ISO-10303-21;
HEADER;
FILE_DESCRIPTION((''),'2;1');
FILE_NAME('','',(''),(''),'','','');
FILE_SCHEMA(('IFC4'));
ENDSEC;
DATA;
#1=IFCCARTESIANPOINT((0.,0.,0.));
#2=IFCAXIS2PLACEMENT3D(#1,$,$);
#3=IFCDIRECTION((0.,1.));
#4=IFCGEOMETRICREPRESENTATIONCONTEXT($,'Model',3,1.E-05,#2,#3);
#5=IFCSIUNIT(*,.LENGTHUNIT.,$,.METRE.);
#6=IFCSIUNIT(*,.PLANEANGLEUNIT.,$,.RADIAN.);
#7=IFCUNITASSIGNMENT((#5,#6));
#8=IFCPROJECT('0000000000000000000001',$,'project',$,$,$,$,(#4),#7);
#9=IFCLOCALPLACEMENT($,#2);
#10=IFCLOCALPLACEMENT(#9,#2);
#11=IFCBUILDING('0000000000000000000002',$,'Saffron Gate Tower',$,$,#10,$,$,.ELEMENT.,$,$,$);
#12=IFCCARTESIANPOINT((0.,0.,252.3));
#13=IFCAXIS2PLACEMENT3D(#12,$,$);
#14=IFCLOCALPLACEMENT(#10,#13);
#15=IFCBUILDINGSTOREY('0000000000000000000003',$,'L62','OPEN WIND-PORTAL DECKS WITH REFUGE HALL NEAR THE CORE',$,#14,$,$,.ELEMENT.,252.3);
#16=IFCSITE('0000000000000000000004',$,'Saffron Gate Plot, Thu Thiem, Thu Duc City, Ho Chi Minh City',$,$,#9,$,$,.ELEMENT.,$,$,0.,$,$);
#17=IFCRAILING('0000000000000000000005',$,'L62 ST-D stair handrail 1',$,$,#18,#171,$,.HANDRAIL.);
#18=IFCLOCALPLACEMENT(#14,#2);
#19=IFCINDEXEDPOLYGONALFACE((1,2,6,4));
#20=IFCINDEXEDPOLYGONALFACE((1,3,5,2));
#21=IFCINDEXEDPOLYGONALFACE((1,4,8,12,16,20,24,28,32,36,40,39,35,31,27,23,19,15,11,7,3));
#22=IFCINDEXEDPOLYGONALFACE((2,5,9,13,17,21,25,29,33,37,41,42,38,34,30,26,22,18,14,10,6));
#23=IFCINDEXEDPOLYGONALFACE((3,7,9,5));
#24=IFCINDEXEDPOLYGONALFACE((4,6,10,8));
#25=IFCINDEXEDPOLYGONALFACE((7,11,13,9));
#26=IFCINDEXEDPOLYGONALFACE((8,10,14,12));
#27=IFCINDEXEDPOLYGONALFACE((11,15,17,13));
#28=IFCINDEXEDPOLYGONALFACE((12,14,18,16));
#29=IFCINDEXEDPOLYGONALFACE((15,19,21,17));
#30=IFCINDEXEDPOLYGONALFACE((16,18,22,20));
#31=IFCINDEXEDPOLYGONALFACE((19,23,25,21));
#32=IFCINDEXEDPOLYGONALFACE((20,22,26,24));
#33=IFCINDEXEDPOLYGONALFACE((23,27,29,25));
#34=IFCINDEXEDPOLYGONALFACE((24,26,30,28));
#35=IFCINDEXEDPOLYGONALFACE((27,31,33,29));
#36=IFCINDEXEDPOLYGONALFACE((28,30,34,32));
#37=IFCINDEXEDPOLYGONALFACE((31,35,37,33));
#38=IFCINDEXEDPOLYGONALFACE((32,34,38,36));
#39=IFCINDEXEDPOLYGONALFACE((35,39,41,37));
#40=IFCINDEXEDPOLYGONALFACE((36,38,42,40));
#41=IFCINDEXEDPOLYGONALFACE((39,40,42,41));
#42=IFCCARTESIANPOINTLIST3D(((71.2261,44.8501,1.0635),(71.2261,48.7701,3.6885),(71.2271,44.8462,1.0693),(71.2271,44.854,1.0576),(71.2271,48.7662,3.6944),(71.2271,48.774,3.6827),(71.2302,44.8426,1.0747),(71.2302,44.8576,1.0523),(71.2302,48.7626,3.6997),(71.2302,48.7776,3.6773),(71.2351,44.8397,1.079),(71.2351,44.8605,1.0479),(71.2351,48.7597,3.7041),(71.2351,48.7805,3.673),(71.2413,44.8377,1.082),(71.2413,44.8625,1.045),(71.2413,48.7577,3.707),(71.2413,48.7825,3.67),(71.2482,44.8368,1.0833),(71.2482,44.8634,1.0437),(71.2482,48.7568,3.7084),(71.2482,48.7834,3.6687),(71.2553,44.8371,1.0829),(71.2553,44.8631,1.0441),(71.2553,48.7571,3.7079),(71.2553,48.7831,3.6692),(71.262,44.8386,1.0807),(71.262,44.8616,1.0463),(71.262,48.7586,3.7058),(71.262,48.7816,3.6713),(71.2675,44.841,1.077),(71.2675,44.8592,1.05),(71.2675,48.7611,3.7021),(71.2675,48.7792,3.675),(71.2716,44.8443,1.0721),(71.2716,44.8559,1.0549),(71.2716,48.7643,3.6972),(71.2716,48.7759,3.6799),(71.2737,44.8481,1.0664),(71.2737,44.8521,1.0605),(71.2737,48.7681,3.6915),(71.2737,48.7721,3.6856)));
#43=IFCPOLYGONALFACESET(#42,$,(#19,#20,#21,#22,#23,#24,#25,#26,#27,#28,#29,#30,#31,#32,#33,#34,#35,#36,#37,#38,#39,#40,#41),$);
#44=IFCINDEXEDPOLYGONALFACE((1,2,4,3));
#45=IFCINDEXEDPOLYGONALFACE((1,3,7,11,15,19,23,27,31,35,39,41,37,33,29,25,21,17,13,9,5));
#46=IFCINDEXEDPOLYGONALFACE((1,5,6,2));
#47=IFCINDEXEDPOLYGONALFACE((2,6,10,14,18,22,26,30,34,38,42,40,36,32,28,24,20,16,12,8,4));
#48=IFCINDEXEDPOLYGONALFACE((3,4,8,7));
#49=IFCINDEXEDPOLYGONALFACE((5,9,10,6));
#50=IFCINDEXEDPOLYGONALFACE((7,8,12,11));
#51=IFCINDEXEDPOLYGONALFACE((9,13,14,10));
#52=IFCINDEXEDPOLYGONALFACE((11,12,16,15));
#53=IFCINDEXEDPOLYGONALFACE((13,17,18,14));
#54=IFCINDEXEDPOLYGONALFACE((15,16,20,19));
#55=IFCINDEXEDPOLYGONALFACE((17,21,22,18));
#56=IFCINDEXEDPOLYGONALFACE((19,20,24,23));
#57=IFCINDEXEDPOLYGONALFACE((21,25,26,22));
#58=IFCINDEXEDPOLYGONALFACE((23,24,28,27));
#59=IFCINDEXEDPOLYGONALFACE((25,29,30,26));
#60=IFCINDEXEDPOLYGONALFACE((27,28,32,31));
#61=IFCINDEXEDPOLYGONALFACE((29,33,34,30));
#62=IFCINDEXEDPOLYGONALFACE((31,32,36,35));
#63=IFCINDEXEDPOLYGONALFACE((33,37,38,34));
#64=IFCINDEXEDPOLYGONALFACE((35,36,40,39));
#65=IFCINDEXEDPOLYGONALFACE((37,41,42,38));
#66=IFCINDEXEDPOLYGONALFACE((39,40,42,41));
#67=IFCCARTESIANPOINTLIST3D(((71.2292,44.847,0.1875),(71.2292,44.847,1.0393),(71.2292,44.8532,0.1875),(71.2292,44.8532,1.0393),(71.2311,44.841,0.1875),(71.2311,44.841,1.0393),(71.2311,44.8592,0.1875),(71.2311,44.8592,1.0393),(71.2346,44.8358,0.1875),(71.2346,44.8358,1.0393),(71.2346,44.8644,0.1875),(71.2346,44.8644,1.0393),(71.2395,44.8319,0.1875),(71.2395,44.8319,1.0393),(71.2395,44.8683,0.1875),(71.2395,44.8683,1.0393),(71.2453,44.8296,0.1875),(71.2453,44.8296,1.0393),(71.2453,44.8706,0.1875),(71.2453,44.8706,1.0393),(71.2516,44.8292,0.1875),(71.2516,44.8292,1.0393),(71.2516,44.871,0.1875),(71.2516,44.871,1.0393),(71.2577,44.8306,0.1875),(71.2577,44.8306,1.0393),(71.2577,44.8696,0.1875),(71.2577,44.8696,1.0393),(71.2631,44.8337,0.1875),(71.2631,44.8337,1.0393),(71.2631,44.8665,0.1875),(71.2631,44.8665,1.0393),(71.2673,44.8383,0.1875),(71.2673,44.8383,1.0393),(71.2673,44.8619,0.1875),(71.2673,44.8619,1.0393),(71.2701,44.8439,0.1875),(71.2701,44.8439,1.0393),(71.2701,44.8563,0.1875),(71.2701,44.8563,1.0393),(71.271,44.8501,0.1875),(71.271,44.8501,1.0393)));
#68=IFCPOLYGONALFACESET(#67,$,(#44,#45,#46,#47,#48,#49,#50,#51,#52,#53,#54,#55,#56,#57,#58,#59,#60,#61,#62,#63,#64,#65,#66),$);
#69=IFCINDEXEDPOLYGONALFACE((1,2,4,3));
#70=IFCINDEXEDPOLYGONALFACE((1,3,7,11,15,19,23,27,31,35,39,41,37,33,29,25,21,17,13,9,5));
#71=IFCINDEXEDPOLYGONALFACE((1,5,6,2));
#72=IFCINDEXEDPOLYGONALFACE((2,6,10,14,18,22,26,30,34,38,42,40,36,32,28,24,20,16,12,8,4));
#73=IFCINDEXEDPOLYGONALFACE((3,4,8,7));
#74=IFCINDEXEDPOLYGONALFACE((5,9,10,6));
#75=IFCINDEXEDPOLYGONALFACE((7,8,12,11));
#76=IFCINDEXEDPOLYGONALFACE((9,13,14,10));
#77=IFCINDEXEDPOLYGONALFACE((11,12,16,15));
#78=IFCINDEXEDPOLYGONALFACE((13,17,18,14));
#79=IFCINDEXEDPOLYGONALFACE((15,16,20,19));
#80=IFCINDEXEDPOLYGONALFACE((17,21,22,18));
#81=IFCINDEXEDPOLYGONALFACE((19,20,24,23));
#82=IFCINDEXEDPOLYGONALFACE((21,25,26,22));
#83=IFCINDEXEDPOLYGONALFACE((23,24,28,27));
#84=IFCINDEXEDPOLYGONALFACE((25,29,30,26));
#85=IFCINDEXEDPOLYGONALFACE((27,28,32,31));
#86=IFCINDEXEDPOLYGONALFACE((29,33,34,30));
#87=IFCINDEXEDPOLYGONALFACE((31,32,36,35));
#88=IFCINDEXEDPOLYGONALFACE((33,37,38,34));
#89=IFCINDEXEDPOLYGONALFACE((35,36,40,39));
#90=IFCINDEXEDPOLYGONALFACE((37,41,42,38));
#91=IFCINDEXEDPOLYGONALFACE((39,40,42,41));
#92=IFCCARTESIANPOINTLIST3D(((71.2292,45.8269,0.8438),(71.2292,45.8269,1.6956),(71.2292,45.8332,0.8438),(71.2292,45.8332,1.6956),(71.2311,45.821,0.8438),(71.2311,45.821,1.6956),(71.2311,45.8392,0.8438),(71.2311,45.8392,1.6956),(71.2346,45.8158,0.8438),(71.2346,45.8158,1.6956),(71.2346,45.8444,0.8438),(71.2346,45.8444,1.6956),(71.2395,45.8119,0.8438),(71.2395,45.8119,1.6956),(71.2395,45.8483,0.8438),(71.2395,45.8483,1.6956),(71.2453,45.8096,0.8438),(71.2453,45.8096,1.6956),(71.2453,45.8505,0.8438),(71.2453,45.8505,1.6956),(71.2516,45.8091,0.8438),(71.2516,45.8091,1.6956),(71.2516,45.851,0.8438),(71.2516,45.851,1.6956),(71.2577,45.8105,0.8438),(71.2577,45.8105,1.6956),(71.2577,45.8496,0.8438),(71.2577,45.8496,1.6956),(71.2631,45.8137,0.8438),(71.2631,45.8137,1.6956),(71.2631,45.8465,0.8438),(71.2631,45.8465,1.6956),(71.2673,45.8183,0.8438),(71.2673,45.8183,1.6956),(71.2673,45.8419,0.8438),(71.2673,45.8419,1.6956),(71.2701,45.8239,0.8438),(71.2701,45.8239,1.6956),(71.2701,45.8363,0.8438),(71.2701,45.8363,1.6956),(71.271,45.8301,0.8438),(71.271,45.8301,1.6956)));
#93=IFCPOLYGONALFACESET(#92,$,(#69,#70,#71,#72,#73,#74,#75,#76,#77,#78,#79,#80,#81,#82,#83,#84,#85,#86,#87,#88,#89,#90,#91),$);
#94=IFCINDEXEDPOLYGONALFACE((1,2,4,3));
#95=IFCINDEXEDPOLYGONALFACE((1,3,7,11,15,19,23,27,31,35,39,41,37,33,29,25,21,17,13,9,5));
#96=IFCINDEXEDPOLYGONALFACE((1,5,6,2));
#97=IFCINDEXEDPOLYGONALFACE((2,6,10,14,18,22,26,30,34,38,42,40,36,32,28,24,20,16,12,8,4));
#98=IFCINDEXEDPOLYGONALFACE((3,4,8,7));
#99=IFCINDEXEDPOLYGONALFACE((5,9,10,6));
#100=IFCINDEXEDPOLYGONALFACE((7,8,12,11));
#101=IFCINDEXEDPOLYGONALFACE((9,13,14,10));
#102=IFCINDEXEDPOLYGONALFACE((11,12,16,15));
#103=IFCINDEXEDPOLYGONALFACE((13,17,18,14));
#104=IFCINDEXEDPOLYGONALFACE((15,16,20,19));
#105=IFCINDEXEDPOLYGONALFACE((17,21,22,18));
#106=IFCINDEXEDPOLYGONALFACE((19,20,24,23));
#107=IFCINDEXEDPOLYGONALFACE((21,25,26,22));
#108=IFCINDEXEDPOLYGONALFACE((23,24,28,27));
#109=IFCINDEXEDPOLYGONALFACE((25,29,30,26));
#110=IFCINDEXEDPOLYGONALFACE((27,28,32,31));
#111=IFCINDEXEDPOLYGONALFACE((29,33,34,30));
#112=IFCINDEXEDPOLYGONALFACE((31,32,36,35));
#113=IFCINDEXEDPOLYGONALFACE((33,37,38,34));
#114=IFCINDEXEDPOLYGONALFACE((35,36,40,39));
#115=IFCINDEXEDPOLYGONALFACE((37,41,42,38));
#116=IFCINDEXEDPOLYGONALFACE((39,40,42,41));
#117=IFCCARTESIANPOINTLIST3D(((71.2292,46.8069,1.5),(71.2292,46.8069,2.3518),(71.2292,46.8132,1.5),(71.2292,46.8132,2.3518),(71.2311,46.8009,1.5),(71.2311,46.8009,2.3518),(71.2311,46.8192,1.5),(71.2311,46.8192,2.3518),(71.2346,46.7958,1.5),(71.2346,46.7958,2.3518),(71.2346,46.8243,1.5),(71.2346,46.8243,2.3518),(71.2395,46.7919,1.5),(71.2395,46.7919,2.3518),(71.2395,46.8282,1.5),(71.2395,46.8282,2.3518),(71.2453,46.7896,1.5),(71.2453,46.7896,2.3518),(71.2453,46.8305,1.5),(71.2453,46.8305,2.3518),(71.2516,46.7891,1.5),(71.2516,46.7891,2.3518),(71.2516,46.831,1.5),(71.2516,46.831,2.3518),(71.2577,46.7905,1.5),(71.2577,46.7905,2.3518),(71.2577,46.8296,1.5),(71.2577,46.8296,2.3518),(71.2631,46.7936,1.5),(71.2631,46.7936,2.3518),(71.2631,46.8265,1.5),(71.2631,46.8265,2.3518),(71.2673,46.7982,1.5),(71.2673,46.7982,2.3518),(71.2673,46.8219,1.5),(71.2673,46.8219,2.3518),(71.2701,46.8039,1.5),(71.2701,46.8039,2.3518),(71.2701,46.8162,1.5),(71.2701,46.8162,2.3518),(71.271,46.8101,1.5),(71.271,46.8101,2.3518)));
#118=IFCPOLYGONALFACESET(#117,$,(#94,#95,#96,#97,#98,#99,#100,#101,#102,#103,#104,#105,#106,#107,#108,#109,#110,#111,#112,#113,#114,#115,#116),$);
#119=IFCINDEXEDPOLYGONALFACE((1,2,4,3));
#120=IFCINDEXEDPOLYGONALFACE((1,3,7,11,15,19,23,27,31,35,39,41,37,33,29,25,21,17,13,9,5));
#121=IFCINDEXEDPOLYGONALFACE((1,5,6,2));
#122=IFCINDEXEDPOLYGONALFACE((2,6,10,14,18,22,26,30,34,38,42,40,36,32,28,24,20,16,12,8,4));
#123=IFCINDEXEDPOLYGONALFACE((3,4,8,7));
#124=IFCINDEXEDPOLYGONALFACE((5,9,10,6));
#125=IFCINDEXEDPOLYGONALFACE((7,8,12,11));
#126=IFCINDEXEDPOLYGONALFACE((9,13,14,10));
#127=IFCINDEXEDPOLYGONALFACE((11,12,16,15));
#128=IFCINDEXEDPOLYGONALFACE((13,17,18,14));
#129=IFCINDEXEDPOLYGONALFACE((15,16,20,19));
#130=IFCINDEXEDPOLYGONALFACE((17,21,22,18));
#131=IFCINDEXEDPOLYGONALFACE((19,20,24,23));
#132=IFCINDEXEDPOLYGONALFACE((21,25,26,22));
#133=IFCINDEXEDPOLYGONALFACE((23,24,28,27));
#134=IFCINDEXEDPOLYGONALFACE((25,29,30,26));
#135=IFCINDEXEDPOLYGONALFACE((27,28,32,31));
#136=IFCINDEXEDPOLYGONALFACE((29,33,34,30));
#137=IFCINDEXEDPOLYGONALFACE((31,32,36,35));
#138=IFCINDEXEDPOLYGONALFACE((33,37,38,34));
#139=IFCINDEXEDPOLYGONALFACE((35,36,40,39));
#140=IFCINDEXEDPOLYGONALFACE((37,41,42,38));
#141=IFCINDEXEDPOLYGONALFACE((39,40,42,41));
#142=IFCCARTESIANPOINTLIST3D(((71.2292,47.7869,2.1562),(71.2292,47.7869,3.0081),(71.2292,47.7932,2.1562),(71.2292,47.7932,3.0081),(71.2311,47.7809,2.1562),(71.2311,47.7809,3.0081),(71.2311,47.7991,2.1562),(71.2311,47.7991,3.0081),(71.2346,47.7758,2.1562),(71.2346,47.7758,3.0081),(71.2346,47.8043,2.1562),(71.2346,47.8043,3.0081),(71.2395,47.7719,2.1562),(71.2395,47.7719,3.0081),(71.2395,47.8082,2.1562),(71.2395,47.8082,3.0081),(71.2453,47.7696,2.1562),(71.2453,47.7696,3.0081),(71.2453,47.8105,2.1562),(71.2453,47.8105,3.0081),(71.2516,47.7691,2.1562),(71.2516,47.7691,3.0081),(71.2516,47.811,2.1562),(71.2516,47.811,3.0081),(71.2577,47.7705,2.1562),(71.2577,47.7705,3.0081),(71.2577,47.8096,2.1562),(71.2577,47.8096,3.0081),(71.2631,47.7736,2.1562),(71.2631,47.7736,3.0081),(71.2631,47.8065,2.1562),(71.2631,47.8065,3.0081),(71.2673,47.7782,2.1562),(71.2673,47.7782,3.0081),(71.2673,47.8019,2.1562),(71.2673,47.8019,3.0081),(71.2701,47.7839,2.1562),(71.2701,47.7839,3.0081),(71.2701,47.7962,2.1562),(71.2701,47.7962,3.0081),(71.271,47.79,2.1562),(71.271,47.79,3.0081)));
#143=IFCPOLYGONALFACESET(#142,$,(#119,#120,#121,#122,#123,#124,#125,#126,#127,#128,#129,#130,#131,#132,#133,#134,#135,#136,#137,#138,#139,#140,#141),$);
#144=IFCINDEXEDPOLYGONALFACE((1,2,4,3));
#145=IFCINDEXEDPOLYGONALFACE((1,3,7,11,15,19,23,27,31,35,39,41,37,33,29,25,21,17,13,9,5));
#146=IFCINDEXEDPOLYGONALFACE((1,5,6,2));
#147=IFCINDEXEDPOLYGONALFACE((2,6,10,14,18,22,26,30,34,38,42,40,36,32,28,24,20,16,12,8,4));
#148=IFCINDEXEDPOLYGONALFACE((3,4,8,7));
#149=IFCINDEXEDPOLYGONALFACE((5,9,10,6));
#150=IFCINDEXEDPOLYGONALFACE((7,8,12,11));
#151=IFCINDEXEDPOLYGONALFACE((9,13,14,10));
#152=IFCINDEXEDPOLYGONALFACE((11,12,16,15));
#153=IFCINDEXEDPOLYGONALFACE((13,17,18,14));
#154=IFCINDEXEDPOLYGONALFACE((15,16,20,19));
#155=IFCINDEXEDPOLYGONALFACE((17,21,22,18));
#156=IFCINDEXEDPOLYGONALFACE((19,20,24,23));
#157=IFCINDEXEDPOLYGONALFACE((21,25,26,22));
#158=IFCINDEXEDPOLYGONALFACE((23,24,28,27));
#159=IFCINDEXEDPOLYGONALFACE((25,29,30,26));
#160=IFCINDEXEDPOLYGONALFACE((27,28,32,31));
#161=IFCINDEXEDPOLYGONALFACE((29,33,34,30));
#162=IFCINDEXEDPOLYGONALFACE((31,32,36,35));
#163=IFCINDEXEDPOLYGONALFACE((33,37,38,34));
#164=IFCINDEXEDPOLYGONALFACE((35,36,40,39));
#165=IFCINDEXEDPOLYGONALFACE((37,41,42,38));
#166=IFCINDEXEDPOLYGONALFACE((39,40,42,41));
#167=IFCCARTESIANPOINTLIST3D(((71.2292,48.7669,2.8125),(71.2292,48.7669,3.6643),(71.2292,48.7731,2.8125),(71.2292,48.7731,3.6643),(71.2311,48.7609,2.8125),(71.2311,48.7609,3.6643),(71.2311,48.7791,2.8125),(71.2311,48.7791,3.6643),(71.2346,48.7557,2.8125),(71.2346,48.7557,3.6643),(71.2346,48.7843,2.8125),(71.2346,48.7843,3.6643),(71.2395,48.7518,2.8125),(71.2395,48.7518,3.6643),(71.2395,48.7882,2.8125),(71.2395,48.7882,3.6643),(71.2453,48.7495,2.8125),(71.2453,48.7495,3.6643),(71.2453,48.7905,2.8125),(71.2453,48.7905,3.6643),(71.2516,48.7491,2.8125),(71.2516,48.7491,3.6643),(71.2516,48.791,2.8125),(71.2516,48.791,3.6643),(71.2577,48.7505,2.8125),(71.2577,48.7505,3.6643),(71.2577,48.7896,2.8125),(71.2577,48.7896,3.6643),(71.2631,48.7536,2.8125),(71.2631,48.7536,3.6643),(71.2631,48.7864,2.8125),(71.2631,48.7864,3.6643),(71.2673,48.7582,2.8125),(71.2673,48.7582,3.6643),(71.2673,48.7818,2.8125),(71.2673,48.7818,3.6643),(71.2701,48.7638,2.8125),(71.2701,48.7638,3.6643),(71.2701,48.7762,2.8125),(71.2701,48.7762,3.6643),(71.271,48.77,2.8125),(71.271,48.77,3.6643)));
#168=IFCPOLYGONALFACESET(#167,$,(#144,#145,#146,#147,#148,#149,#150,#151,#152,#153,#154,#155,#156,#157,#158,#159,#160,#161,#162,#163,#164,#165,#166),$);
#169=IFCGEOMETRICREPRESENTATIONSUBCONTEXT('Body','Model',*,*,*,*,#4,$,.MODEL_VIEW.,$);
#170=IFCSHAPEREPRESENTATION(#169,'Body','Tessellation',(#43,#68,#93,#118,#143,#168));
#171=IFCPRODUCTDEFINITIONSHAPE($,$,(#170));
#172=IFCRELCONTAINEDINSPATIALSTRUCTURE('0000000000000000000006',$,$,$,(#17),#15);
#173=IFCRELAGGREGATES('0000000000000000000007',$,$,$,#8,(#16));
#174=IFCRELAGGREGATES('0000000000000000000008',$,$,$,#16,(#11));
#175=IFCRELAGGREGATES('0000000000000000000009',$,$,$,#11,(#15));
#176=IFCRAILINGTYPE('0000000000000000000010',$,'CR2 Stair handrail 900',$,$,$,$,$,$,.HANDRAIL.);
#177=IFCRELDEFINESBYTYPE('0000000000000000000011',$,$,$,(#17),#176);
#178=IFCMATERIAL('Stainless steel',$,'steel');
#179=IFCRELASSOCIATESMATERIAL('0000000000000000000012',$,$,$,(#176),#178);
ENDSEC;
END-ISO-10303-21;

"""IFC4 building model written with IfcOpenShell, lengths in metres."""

from ifc_helpers import new_model, si_unit, direction, frame, origin, origin_2d, place, context, subcontext, project, spatial, circle, extrude, material, type_object, element, save


model = new_model("IFC4")

# Units and contexts
model_context = context("Model", 3, precision=1e-05, world=origin(), true_north=direction((0.0, 1.0)))
body_context = subcontext(model_context, "Body", "Model", "MODEL_VIEW")
ifc_project = project(units=[si_unit("LENGTHUNIT", "METRE"), si_unit("PLANEANGLEUNIT", "RADIAN")], contexts=[model_context])

# Site, building, storey
site_placement = place(None, origin())
site = spatial("IfcSite", under=ifc_project, at=site_placement, Name="Saffron Gate Plot, Thu Thiem, Thu Duc City, Ho Chi Minh City", CompositionType="ELEMENT", RefElevation=0.0)
building_placement = place(site_placement, origin())
building = spatial("IfcBuilding", under=site, at=building_placement, Name="Saffron Gate Tower", CompositionType="ELEMENT")
storey_placement = place(building_placement, frame((0.0, 0.0, 252.3)))
storey = spatial("IfcBuildingStorey", under=building, at=storey_placement, Name="L62", Description="OPEN WIND-PORTAL DECKS WITH REFUGE HALL NEAR THE CORE", CompositionType="ELEMENT", Elevation=252.3)

# Railing
ifc_material_1 = material(Name="Stainless steel", Category="steel")
railing_type_1 = type_object("IfcRailingType", Name="CR2 Stair handrail 900", PredefinedType="HANDRAIL", material=ifc_material_1)
railing_1_placement = place(storey_placement, frame((71.25, 44.8501, 0.1875)))
element("IfcRailing", 1, at=railing_1_placement, inside=storey, type_object=railing_type_1, Name="L62 ST-D stair handrail 1", PredefinedType="HANDRAIL", context=body_context, shape_type="SweptSolid", body=[
    extrude(circle(Radius=0.0239, at=origin_2d()), frame((0.0, 0.0, 0.876), z_axis=(0.0, 0.830902, 0.556419), x_axis=(-1.0, 0.0, 0.0)), (0.0, 0.0, 1.0), 4.7178),
    extrude(circle(Radius=0.021, at=origin_2d()), origin(), (0.0, 0.0, 1.0), 0.8518),
    extrude(circle(Radius=0.021, at=origin_2d()), frame((0.0, 0.98, 0.6562)), (0.0, 0.0, 1.0), 0.8518),
    extrude(circle(Radius=0.021, at=origin_2d()), frame((0.0, 1.96, 1.3125)), (0.0, 0.0, 1.0), 0.8518),
    extrude(circle(Radius=0.021, at=origin_2d()), frame((0.0, 2.9399, 1.9688)), (0.0, 0.0, 1.0), 0.8518),
    extrude(circle(Radius=0.021, at=origin_2d()), frame((0.0, 3.9199, 2.625)), (0.0, 0.0, 1.0), 0.8518),
])

save(model, "model.ifc")
